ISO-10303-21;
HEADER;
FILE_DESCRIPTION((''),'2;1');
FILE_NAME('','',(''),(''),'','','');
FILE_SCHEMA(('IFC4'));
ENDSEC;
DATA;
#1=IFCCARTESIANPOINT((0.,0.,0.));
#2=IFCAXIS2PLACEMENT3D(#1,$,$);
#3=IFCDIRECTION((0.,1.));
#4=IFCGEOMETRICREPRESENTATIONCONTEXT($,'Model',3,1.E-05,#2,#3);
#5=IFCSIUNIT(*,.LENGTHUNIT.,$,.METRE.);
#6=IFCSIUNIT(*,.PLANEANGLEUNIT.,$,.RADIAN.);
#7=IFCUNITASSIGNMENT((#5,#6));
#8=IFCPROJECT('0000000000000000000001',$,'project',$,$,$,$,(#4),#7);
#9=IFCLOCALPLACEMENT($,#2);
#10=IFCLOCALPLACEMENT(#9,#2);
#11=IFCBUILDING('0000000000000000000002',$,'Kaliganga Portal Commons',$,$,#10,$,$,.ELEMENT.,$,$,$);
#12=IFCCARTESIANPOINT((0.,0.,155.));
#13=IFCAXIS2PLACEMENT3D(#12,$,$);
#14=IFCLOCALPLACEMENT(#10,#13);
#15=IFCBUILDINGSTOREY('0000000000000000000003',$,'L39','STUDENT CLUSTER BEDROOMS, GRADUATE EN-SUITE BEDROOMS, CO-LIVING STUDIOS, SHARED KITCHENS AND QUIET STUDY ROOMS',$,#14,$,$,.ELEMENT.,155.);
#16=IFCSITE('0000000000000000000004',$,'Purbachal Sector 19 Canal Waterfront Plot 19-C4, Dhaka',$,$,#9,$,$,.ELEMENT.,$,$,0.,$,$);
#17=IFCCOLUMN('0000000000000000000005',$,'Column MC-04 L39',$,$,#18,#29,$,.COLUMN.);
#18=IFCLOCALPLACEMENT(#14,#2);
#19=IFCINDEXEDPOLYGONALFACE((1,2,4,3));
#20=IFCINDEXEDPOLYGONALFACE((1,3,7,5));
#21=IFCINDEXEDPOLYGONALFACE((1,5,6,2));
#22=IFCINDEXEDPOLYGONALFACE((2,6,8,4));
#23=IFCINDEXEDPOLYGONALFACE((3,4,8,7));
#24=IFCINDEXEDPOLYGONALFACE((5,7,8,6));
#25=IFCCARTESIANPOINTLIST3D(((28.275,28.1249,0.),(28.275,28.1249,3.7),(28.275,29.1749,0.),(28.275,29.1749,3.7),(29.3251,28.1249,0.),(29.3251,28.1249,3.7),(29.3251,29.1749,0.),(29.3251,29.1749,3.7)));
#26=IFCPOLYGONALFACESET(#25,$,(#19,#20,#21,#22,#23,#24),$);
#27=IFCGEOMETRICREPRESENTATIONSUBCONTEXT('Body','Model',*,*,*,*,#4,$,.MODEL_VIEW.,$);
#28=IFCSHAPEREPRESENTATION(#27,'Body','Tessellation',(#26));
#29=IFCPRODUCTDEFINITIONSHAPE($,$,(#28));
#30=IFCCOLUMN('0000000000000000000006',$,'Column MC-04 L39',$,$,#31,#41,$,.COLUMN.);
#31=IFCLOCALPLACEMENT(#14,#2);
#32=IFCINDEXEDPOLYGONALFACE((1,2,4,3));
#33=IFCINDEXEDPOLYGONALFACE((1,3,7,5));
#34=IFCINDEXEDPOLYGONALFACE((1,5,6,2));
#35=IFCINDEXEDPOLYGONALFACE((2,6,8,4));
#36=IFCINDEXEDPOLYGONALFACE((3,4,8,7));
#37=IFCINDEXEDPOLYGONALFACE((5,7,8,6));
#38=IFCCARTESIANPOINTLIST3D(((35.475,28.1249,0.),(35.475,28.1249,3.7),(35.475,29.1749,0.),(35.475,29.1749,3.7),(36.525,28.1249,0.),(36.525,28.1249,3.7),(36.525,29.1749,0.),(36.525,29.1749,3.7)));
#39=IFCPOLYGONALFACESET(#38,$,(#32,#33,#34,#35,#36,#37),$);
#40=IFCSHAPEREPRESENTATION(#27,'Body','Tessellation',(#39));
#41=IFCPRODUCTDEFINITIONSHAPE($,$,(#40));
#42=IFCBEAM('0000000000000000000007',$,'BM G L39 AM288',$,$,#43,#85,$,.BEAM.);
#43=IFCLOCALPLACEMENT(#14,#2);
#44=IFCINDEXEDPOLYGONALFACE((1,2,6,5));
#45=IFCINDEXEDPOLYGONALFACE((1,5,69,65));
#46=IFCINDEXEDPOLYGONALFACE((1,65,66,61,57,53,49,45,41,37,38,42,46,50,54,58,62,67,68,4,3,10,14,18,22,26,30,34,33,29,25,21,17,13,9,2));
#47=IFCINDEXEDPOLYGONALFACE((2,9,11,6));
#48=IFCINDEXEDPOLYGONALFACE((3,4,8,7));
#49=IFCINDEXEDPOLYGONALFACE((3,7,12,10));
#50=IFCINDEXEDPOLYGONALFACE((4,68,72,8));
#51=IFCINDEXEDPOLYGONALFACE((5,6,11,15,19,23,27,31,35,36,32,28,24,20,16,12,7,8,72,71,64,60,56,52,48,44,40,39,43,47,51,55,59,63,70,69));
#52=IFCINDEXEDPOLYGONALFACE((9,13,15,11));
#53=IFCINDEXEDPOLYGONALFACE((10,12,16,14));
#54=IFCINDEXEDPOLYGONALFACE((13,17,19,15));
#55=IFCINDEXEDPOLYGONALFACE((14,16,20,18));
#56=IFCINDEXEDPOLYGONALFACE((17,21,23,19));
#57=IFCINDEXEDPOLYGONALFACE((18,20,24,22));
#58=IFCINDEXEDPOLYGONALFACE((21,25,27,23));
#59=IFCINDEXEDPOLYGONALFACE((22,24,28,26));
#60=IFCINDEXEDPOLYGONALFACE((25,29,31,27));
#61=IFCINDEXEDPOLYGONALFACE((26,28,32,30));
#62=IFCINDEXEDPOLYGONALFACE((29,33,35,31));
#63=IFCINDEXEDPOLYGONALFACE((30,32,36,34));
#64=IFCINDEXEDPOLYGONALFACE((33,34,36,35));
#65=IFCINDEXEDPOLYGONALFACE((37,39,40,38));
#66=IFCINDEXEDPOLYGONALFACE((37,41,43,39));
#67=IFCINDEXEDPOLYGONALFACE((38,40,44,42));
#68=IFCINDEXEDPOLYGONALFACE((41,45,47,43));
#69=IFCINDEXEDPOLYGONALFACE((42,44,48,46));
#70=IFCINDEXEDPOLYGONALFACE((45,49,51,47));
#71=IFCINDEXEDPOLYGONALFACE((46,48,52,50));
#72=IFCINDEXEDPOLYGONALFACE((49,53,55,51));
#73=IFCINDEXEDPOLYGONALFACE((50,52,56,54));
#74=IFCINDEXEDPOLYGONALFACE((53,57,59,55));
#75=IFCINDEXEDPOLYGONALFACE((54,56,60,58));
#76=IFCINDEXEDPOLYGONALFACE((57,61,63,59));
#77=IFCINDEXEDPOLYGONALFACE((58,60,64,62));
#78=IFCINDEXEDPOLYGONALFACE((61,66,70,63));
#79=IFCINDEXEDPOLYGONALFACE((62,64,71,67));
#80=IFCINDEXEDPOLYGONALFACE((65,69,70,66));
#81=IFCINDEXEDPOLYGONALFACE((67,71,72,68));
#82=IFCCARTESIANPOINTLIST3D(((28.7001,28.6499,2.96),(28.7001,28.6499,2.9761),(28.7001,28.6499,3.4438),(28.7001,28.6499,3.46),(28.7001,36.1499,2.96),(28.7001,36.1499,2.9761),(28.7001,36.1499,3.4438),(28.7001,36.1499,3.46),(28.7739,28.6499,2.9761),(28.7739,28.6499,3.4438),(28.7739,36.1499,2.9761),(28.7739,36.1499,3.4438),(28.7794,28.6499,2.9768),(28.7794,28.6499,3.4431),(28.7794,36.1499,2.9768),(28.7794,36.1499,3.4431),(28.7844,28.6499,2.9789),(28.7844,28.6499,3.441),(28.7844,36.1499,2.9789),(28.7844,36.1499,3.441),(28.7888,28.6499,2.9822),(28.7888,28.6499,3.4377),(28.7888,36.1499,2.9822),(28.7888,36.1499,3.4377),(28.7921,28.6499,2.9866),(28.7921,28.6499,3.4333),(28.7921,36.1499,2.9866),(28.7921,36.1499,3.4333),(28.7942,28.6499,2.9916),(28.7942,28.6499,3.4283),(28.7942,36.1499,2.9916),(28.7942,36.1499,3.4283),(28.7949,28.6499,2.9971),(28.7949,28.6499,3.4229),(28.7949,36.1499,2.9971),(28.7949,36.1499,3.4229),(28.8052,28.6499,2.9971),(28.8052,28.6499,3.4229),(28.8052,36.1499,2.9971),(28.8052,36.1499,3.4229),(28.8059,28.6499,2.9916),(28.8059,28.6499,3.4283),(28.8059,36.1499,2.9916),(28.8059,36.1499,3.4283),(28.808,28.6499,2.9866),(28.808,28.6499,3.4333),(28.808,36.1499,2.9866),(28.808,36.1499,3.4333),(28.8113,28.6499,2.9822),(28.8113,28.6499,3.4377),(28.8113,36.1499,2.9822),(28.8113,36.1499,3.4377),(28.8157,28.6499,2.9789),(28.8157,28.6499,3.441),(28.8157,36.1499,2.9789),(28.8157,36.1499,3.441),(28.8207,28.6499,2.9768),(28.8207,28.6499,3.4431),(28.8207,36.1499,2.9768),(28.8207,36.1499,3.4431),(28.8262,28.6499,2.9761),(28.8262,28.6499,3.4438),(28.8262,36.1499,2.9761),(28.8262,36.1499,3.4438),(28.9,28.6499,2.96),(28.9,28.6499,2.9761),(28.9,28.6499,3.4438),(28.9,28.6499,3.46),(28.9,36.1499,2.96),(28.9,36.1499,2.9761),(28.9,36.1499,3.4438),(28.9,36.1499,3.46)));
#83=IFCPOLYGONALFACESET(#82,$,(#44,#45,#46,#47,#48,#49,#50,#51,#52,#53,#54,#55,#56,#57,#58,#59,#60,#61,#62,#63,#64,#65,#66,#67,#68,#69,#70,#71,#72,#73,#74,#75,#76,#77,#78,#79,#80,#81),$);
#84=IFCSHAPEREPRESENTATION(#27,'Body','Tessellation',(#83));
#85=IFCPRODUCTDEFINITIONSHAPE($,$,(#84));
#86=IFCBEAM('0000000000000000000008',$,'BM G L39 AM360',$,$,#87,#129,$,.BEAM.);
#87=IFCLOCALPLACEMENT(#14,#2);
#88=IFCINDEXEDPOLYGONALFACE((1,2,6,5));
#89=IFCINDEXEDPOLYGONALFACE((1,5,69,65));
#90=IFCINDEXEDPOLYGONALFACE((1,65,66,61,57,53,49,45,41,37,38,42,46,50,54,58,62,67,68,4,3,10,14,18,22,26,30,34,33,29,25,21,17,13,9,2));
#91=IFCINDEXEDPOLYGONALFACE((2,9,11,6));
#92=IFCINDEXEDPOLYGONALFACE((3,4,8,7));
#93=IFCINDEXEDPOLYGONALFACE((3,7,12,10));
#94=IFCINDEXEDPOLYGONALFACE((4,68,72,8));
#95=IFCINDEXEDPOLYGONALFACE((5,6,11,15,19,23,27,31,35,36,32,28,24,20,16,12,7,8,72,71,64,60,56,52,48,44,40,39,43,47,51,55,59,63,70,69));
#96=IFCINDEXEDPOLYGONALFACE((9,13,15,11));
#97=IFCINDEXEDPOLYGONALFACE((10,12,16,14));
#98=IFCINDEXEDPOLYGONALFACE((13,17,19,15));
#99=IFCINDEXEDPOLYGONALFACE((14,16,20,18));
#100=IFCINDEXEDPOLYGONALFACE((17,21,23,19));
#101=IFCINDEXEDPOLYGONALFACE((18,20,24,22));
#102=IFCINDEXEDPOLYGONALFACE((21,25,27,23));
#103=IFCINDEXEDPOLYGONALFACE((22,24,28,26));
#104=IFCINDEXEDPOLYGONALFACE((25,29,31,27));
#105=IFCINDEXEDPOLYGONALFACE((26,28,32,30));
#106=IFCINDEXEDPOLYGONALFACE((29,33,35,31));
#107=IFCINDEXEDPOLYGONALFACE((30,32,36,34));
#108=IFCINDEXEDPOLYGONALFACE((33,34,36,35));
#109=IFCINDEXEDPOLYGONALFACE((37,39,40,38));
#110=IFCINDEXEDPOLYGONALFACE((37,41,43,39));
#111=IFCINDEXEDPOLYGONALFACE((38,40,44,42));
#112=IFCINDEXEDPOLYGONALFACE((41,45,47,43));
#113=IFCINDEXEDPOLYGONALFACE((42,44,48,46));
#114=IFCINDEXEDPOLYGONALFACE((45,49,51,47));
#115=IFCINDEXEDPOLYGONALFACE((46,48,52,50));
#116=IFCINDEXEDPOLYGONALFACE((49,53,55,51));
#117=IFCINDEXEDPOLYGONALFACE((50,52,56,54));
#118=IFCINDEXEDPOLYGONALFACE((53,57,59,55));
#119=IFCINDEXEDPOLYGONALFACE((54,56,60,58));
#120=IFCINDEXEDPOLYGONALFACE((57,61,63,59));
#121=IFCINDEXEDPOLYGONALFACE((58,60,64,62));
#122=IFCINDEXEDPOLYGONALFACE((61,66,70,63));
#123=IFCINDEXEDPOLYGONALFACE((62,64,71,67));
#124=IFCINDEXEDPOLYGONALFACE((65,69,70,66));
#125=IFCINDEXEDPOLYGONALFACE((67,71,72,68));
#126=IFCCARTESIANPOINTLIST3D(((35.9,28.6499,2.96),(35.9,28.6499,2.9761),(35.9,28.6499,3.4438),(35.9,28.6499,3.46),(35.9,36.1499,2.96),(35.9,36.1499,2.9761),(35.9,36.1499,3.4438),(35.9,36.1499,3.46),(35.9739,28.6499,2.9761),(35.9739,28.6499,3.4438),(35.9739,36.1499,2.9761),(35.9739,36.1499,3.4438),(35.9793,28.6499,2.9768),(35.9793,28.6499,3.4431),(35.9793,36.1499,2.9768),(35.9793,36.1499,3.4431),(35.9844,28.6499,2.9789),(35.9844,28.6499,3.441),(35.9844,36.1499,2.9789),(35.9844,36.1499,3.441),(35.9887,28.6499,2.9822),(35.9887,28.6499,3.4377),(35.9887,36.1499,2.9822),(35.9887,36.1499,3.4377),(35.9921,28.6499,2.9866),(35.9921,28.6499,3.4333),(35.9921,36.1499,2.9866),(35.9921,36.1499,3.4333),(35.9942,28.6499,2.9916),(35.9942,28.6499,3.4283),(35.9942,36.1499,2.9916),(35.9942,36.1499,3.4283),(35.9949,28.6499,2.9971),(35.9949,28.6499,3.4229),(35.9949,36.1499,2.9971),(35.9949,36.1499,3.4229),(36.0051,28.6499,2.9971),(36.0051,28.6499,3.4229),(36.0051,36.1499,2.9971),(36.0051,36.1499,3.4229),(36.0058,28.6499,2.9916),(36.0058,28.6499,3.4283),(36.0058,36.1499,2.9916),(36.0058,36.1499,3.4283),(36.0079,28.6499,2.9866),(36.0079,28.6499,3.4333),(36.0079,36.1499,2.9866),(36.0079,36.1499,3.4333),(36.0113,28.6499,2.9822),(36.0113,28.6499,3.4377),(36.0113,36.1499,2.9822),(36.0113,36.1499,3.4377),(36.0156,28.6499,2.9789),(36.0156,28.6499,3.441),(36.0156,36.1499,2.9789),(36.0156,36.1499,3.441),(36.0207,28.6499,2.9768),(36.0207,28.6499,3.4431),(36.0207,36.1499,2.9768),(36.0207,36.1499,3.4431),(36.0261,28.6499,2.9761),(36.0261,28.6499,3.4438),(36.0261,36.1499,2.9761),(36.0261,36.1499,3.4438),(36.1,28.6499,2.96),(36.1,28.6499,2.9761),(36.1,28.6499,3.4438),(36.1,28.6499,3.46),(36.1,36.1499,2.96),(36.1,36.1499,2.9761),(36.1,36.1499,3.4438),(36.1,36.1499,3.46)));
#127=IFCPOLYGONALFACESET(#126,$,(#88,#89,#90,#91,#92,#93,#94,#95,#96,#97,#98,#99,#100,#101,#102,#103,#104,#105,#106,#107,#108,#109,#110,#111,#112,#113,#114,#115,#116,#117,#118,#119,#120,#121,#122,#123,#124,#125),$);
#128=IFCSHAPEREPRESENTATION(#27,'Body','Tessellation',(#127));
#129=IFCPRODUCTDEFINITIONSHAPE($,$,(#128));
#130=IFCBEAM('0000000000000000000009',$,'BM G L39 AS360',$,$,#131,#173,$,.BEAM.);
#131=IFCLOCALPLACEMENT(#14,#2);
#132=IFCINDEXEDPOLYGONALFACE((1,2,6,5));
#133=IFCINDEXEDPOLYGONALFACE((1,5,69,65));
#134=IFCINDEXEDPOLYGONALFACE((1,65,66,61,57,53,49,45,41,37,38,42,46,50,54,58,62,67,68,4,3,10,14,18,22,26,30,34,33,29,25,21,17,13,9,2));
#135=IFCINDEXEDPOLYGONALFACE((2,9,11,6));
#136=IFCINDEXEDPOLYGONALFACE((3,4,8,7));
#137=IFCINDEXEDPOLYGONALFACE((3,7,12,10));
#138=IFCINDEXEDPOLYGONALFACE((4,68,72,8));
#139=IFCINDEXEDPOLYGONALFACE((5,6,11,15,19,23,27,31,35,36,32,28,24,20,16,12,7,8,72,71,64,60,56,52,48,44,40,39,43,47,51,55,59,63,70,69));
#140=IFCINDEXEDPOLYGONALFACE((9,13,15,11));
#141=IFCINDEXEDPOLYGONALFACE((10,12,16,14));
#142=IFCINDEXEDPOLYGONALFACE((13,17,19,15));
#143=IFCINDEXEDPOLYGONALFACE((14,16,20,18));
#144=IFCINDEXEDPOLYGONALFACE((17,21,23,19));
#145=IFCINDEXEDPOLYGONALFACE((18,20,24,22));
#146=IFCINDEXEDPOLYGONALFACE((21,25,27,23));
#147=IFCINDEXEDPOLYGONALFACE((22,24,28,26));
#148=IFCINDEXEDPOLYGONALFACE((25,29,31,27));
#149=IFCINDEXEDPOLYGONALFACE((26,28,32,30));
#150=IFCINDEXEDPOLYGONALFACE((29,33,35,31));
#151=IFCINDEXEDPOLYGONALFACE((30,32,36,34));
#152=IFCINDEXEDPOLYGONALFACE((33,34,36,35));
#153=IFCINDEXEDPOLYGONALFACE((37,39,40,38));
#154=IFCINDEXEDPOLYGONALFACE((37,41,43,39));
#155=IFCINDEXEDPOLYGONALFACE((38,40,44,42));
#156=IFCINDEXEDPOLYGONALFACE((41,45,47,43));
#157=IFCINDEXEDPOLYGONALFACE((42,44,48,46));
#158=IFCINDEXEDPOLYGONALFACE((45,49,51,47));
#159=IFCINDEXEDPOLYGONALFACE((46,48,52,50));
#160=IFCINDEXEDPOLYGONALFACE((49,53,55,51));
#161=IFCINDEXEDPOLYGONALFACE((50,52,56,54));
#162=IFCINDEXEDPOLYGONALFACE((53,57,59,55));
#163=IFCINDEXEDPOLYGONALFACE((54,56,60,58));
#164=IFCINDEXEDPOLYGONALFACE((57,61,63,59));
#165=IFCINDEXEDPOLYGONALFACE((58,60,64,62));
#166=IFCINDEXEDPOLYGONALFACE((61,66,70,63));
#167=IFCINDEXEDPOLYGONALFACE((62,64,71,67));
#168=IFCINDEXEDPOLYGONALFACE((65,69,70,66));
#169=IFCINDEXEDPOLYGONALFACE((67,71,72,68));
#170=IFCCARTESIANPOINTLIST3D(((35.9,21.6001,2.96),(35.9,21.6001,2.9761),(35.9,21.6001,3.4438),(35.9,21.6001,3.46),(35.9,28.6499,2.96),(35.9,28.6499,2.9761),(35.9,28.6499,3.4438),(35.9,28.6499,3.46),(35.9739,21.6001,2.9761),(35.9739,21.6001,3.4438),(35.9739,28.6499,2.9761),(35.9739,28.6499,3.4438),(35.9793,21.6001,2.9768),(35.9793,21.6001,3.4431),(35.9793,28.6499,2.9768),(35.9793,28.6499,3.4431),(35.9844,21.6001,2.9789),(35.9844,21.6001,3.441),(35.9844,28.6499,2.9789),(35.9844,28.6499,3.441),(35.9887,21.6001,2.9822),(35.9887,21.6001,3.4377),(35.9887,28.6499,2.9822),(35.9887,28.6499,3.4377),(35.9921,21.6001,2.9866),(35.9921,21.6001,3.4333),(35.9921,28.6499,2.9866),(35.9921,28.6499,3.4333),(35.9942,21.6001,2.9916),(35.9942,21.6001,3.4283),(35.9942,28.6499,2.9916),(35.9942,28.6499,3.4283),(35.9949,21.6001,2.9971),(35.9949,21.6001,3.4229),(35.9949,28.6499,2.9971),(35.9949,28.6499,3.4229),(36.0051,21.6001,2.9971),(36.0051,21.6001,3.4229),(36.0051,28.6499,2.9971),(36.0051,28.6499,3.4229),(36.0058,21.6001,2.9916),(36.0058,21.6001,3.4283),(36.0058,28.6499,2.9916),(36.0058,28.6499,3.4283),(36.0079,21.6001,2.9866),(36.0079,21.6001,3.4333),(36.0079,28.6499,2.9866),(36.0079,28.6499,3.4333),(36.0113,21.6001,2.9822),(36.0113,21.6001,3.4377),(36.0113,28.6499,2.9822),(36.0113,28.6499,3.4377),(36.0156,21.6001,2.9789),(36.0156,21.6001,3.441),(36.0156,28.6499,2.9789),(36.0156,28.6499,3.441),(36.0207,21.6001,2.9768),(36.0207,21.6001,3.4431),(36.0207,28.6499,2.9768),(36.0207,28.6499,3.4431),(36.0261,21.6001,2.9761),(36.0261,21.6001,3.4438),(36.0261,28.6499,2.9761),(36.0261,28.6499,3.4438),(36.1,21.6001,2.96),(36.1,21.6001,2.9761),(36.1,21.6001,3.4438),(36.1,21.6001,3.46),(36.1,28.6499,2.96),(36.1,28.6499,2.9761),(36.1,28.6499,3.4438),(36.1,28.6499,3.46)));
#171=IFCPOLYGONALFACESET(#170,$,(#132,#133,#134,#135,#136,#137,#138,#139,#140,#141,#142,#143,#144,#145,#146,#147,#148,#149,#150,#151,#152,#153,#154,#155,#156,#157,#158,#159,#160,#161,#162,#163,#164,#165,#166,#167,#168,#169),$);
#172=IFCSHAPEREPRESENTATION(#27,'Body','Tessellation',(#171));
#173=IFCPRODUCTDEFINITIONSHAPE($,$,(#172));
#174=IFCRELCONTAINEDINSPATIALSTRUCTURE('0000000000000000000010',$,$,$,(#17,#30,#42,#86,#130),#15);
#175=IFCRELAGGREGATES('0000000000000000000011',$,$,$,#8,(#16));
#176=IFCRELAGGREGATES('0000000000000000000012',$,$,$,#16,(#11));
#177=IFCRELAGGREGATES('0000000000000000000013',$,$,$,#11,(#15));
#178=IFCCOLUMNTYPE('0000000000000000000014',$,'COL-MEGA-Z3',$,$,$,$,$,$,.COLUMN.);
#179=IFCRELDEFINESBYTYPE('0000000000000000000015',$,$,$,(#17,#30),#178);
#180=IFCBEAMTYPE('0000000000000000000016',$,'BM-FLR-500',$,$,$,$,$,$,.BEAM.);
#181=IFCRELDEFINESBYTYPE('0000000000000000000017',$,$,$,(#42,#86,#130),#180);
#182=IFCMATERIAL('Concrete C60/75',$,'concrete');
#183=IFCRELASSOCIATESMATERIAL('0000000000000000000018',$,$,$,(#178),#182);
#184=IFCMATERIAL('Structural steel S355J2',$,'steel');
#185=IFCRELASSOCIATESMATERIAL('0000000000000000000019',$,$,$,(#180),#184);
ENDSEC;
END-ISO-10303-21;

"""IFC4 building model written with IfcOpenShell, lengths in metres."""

from ifc_helpers import new_model, si_unit, direction, frame, origin, origin_2d, place, context, subcontext, project, spatial, rectangle, i_section, extrude, source, transform, mapped, material, material_profile, profile_set, type_object, element, save


model = new_model("IFC4")

# Units and contexts
model_context = context("Model", 3, precision=1e-05, world=origin(), true_north=direction((0.0, 1.0)))
body_context = subcontext(model_context, "Body", "Model", "MODEL_VIEW")
ifc_project = project(units=[si_unit("LENGTHUNIT", "METRE"), si_unit("PLANEANGLEUNIT", "RADIAN")], contexts=[model_context])

# Site, building, storey
site_placement = place(None, origin())
site = spatial("IfcSite", under=ifc_project, at=site_placement, Name="Purbachal Sector 19 Canal Waterfront Plot 19-C4, Dhaka", CompositionType="ELEMENT", RefElevation=0.0)
building_placement = place(site_placement, origin())
building = spatial("IfcBuilding", under=site, at=building_placement, Name="Kaliganga Portal Commons", CompositionType="ELEMENT")
storey_placement = place(building_placement, frame((0.0, 0.0, 155.0)))
storey = spatial("IfcBuildingStorey", under=building, at=storey_placement, Name="L39", Description="STUDENT CLUSTER BEDROOMS, GRADUATE EN-SUITE BEDROOMS, CO-LIVING STUDIOS, SHARED KITCHENS AND QUIET STUDY ROOMS", CompositionType="ELEMENT", Elevation=155.0)

# Columns
ifc_material_1 = material(Name="Concrete C60/75", Category="concrete")
ifc_material_profile_1 = material_profile(ifc_material_1, rectangle(XDim=1.05, YDim=1.05, at=origin_2d()), Name="RC 1050x1050")
ifc_profile_set_1 = profile_set([ifc_material_profile_1], Name="Concrete C60/75")
column_type = type_object("IfcColumnType", Name="COL-MEGA-Z3", PredefinedType="COLUMN", material=ifc_profile_set_1)
shared_shape_1 = source(origin(), body_context, "Body", "SweptSolid", [
    extrude(rectangle(XDim=1.05, YDim=1.05, at=origin_2d()), origin(), (0.0, 0.0, 1.0), 3.7),
])
for number, where, z_axis, x_axis, name in (
    (1, (28.8, 28.6499, 0.0), (0.0, 0.0, 1.0), (1.0, 0.0, 0.0), "Column MC-04 L39"),
    (2, (36.0, 28.6499, 0.0), (0.0, 0.0, 1.0), (1.0, 0.0, 0.0), "Column MC-04 L39"),
):
    element("IfcColumn", number, at=place(storey_placement, frame(where, z_axis=z_axis, x_axis=x_axis)), inside=storey, type_object=column_type, Name=name, PredefinedType="COLUMN", context=body_context, shape_type="MappedRepresentation", body=[
        mapped(shared_shape_1, transform((0.0, 0.0, 0.0), x_axis=(1.0, 0.0, 0.0), y_axis=(0.0, 1.0, 0.0), z_axis=(0.0, 0.0, 1.0), scale=1.0)),
    ])

# Beams
ifc_material_2 = material(Name="Structural steel S355J2", Category="steel")
ifc_material_profile_2 = material_profile(ifc_material_2, i_section(OverallWidth=0.2, OverallDepth=0.5, WebThickness=0.0103, FlangeThickness=0.0161, FilletRadius=0.021, at=origin_2d()), Name="IPE 500")
ifc_profile_set_2 = profile_set([ifc_material_profile_2], Name="Structural steel S355J2 wide-flange")
beam_type_1 = type_object("IfcBeamType", Name="BM-FLR-500", PredefinedType="BEAM", material=ifc_profile_set_2)
shared_shape_2 = source(origin(), body_context, "Body", "SweptSolid", [
    extrude(i_section(OverallWidth=0.2, OverallDepth=0.5, WebThickness=0.0103, FlangeThickness=0.0161, FilletRadius=0.021, at=origin_2d()), origin(), (0.0, 0.0, 1.0), 7.5),
])
for number, where, z_axis, x_axis, name in (
    (3, (28.8, 28.6499, 3.21), (0.0, 1.0, 0.0), (-1.0, 0.0, 0.0), "BM G L39 AM288"),
    (4, (36.0, 28.6499, 3.21), (0.0, 1.0, 0.0), (-1.0, 0.0, 0.0), "BM G L39 AM360"),
):
    element("IfcBeam", number, at=place(storey_placement, frame(where, z_axis=z_axis, x_axis=x_axis)), inside=storey, type_object=beam_type_1, Name=name, PredefinedType="BEAM", context=body_context, shape_type="MappedRepresentation", body=[
        mapped(shared_shape_2, transform((0.0, 0.0, 0.0), x_axis=(1.0, 0.0, 0.0), y_axis=(0.0, 1.0, 0.0), z_axis=(0.0, 0.0, 1.0), scale=1.0)),
    ])
shared_shape_3 = source(origin(), body_context, "Body", "SweptSolid", [
    extrude(i_section(OverallWidth=0.2, OverallDepth=0.5, WebThickness=0.0103, FlangeThickness=0.0161, FilletRadius=0.021, at=origin_2d()), origin(), (0.0, 0.0, 1.0), 7.0498),
])
beam_1_placement = place(storey_placement, frame((36.0, 21.6001, 3.21), z_axis=(0.0, 1.0, 0.0), x_axis=(-1.0, 0.0, 0.0)))
element("IfcBeam", 5, at=beam_1_placement, inside=storey, type_object=beam_type_1, Name="BM G L39 AS360", PredefinedType="BEAM", context=body_context, shape_type="MappedRepresentation", body=[
    mapped(shared_shape_3, transform((0.0, 0.0, 0.0), x_axis=(1.0, 0.0, 0.0), y_axis=(0.0, 1.0, 0.0), z_axis=(0.0, 0.0, 1.0), scale=1.0)),
])

save(model, "model.ifc")
